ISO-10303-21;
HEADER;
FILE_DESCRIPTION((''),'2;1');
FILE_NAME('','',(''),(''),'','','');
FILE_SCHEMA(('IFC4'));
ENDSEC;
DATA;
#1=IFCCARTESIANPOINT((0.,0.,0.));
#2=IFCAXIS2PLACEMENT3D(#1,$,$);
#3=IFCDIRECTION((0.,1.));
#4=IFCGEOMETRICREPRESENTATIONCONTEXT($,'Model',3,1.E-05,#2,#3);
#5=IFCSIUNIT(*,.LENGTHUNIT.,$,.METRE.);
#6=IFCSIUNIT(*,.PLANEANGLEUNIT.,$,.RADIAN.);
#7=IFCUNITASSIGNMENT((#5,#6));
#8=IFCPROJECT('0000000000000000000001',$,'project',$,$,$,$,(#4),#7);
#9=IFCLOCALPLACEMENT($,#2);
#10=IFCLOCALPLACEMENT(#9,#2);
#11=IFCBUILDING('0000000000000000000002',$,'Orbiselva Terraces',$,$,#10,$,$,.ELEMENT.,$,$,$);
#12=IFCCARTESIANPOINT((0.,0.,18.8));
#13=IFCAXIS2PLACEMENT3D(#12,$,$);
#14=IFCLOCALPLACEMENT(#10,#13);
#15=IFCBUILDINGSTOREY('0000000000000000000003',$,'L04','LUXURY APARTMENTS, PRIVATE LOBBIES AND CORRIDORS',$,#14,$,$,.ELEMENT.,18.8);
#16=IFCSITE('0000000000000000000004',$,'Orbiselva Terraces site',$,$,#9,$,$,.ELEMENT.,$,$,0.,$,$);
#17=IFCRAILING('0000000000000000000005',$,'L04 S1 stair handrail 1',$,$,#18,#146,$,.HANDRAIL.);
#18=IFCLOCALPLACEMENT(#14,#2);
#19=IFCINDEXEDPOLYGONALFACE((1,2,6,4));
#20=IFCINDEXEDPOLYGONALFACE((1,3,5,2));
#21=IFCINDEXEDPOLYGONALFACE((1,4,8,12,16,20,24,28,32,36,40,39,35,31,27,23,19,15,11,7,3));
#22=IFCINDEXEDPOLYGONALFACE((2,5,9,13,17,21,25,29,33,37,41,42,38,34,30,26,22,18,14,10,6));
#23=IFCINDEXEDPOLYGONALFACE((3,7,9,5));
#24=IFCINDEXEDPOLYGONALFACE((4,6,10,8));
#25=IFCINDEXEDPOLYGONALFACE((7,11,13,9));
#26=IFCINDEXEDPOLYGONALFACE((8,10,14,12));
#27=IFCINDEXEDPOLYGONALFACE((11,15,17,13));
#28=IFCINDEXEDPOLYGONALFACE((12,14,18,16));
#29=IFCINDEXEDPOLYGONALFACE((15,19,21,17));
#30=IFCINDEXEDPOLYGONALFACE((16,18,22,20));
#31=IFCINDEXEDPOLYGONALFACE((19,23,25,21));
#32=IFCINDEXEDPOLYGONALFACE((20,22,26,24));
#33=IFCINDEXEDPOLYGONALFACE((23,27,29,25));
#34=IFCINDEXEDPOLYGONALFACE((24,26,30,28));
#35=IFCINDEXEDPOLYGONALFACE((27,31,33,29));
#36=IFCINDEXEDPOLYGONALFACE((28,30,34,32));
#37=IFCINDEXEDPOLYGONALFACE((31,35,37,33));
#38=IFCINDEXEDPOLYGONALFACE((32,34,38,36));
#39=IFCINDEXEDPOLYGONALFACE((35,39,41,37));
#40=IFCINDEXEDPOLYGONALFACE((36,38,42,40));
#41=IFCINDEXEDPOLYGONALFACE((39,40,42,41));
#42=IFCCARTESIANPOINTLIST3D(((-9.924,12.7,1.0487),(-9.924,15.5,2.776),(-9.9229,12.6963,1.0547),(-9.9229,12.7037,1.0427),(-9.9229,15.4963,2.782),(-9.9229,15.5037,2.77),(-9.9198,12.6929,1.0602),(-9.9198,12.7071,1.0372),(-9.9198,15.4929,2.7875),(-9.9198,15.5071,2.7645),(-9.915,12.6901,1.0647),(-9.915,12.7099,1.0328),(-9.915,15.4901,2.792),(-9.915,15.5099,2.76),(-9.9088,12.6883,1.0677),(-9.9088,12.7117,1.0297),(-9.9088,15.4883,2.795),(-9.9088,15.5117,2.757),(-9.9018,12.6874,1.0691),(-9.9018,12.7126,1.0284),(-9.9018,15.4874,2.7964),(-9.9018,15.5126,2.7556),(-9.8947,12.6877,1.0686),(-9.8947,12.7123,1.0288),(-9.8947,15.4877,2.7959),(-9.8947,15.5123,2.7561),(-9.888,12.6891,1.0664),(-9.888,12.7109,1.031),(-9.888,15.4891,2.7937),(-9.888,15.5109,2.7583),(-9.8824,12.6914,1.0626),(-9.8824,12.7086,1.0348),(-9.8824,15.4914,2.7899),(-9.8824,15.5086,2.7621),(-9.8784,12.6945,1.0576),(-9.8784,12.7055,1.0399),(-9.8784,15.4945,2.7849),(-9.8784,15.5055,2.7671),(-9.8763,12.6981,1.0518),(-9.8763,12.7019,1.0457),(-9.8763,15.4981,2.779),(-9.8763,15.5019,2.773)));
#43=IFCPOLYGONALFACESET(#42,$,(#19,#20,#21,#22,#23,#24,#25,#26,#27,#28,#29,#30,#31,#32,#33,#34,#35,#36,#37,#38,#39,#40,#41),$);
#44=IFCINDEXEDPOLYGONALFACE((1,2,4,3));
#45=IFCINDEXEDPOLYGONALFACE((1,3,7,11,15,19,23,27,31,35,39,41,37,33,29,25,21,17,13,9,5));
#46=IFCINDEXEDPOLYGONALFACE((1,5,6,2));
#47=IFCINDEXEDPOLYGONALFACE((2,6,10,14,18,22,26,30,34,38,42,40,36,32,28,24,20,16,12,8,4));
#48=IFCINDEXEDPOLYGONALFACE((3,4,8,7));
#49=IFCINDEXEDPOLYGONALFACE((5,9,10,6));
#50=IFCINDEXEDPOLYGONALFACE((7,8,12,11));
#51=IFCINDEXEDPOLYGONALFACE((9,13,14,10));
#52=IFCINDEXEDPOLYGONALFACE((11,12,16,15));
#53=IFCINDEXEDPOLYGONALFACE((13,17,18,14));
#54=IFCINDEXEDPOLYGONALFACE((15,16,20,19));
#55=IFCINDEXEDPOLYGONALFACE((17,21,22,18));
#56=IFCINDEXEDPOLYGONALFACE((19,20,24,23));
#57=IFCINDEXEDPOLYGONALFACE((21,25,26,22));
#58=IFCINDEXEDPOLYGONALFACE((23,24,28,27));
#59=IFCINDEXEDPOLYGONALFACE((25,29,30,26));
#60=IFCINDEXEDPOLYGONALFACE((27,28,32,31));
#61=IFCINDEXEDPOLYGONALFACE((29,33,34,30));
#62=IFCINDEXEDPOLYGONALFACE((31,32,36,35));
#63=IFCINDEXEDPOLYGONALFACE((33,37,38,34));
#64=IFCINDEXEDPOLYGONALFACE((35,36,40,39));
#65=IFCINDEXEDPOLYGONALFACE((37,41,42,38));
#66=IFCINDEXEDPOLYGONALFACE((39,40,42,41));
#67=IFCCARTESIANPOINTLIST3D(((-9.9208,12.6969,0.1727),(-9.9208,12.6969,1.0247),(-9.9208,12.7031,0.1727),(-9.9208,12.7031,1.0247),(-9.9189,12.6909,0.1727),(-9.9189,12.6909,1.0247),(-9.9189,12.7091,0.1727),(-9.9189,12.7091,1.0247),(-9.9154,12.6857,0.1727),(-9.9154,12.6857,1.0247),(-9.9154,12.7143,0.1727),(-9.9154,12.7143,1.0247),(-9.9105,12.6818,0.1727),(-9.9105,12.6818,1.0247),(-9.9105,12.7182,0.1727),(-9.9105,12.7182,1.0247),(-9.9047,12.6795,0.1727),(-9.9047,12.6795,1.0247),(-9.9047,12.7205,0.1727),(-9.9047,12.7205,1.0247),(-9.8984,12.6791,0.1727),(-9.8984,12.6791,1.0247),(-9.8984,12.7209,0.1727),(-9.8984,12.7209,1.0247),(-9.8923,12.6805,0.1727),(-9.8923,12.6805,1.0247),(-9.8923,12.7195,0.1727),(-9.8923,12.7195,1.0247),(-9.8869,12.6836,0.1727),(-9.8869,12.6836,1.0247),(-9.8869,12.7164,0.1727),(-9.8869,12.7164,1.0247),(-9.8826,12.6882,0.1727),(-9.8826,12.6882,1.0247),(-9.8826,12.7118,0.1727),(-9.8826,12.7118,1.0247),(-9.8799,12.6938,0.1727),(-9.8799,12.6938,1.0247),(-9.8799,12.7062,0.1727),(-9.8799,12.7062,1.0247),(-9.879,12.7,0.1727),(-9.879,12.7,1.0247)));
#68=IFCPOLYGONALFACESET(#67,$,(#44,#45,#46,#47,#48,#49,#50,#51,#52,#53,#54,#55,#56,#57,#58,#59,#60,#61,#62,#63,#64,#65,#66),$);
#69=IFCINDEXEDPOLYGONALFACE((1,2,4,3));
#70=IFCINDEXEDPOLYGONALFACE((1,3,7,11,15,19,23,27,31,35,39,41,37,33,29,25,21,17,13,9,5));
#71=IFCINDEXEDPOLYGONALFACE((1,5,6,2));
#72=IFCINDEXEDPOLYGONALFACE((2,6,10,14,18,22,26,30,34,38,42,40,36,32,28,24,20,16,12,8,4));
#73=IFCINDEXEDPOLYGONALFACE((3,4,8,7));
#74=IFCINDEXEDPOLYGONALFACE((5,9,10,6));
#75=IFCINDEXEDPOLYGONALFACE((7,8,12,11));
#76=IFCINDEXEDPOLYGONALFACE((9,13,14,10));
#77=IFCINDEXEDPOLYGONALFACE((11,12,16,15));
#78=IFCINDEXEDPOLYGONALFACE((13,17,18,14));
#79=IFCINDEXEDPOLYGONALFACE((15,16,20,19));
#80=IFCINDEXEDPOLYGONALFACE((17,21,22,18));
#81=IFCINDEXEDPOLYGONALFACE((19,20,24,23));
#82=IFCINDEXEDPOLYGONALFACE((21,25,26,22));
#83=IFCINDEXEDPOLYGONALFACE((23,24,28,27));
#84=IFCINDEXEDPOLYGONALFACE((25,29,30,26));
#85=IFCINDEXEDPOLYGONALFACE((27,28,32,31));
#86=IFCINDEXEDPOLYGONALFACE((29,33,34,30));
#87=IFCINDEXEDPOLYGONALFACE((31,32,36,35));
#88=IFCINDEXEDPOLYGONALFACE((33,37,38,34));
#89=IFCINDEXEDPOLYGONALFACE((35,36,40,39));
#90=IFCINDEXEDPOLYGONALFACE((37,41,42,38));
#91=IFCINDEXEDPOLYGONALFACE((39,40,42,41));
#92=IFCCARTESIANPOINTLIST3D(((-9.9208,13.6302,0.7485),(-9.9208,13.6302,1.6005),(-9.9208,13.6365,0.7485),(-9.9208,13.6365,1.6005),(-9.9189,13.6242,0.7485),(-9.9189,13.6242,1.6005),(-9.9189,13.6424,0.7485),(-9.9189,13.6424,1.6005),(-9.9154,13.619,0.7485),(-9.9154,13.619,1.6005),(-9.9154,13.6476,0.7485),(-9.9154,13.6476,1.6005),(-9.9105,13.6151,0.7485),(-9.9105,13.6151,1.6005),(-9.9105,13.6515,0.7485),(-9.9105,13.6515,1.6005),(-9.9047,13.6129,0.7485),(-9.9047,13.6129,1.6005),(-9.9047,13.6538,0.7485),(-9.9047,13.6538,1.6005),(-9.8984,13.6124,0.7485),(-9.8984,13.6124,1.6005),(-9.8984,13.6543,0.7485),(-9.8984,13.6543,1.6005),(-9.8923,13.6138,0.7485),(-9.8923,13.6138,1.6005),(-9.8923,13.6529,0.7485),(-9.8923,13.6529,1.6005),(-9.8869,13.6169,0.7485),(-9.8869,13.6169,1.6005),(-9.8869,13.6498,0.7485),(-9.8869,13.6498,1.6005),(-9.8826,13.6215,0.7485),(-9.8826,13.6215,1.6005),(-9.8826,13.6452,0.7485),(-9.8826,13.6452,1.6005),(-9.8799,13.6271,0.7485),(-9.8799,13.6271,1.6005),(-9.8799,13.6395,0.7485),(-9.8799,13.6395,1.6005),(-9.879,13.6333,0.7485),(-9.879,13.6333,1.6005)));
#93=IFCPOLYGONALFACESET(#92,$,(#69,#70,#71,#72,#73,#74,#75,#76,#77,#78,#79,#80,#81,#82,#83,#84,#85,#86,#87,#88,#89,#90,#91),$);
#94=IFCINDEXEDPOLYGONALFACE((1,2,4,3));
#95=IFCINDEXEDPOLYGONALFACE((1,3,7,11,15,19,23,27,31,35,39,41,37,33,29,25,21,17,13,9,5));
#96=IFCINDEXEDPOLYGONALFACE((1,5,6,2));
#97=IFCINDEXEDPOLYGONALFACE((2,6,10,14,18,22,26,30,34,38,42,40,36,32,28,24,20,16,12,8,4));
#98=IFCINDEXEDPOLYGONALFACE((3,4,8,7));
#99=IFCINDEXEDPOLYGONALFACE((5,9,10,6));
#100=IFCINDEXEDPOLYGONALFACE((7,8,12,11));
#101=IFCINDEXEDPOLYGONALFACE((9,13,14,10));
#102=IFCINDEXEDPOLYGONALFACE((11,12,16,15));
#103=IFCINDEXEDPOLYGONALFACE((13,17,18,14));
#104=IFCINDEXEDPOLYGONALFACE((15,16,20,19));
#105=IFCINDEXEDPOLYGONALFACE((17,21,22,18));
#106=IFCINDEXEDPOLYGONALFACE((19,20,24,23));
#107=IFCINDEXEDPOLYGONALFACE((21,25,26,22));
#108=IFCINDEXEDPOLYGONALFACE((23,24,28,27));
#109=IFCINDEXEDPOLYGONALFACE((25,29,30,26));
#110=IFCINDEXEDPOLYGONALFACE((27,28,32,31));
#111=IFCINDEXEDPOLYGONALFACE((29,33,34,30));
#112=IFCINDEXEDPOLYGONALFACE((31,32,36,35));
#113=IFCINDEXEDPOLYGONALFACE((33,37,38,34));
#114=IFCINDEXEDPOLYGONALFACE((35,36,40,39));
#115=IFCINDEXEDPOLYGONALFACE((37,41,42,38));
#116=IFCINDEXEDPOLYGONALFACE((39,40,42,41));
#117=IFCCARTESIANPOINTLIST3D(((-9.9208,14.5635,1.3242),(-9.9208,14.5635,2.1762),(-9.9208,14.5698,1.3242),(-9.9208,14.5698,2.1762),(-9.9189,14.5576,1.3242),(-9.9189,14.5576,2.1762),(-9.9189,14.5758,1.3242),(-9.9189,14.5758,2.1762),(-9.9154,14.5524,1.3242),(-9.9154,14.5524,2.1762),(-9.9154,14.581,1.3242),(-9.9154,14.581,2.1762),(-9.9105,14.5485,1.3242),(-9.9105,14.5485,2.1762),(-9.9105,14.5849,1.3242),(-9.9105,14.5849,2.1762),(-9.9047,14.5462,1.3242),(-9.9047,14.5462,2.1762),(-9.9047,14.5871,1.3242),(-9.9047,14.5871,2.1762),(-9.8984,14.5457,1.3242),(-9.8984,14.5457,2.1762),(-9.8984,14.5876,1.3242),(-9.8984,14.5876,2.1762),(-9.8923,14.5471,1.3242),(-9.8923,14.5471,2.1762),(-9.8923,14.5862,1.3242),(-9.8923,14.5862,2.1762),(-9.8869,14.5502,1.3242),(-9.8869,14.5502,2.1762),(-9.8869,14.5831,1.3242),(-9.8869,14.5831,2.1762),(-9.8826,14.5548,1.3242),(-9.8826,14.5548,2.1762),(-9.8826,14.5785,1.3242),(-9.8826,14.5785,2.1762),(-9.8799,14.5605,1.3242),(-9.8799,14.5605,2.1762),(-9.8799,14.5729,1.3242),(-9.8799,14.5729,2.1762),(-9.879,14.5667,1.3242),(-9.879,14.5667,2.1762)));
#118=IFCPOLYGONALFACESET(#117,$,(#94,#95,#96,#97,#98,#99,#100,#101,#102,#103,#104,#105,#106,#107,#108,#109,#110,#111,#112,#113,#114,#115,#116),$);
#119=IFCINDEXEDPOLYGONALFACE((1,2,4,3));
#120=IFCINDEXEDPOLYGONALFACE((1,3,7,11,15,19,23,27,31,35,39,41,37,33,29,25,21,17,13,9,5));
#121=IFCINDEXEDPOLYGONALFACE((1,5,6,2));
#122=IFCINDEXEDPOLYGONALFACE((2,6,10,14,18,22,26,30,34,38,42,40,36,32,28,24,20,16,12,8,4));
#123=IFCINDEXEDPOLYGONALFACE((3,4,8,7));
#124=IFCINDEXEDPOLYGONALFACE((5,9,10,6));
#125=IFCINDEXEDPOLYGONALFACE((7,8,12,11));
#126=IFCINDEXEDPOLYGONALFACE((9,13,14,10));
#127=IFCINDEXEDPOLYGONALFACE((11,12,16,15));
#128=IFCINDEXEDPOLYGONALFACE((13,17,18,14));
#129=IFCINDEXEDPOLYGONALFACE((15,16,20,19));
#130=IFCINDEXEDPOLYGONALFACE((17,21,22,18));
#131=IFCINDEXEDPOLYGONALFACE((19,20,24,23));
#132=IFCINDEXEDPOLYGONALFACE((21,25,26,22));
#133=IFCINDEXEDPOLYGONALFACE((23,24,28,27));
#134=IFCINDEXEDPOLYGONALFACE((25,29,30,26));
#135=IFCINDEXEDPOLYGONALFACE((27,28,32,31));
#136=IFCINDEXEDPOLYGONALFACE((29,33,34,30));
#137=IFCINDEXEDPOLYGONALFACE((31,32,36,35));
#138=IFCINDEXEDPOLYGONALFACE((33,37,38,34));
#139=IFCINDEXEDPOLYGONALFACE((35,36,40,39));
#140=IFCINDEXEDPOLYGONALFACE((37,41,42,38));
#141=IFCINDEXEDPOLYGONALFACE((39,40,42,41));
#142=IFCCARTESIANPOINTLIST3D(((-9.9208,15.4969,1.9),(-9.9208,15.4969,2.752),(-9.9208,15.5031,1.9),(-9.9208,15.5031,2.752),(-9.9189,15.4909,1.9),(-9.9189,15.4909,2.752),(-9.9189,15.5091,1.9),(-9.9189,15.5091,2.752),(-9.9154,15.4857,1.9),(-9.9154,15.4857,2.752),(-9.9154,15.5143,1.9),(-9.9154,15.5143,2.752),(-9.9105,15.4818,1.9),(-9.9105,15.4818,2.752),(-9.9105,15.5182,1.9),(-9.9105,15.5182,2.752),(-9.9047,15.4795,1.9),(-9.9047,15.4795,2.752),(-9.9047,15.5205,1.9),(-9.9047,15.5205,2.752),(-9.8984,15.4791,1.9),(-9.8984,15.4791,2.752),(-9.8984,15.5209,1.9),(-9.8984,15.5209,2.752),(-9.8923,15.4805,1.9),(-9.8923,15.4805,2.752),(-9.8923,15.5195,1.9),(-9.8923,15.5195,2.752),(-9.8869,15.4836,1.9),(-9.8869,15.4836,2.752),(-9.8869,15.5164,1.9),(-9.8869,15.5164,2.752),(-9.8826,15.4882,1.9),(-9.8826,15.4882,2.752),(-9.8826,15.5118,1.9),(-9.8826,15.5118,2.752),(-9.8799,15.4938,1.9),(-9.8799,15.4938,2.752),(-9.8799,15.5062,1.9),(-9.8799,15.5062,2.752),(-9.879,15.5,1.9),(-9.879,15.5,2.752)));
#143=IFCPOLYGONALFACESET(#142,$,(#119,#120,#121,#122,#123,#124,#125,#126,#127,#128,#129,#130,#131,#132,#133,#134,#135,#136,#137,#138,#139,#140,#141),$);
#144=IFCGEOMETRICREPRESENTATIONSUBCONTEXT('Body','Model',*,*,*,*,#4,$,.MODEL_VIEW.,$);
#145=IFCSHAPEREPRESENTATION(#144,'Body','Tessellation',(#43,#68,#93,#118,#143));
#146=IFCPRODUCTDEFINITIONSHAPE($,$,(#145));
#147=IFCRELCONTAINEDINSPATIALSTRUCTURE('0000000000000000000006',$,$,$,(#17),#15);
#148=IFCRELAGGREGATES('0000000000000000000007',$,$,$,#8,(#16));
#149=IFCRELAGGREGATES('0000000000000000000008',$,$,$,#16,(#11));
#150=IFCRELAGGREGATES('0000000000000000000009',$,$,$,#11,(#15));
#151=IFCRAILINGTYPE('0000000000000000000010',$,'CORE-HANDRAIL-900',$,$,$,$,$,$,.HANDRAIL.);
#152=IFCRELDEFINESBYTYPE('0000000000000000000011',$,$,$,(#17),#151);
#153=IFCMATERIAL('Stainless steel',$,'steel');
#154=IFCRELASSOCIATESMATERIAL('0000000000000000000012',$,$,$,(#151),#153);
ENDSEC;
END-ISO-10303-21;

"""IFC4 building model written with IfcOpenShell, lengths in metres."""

from ifc_helpers import new_model, si_unit, direction, frame, origin, origin_2d, place, context, subcontext, project, spatial, circle, extrude, material, type_object, element, save


model = new_model("IFC4")

# Units and contexts
model_context = context("Model", 3, precision=1e-05, world=origin(), true_north=direction((0.0, 1.0)))
body_context = subcontext(model_context, "Body", "Model", "MODEL_VIEW")
ifc_project = project(units=[si_unit("LENGTHUNIT", "METRE"), si_unit("PLANEANGLEUNIT", "RADIAN")], contexts=[model_context])

# Site, building, storey
site_placement = place(None, origin())
site = spatial("IfcSite", under=ifc_project, at=site_placement, Name="Orbiselva Terraces site", CompositionType="ELEMENT", RefElevation=0.0)
building_placement = place(site_placement, origin())
building = spatial("IfcBuilding", under=site, at=building_placement, Name="Orbiselva Terraces", CompositionType="ELEMENT")
storey_placement = place(building_placement, frame((0.0, 0.0, 18.8)))
storey = spatial("IfcBuildingStorey", under=building, at=storey_placement, Name="L04", Description="LUXURY APARTMENTS, PRIVATE LOBBIES AND CORRIDORS", CompositionType="ELEMENT", Elevation=18.8)

# Railing
ifc_material_1 = material(Name="Stainless steel", Category="steel")
railing_type_1 = type_object("IfcRailingType", Name="CORE-HANDRAIL-900", PredefinedType="HANDRAIL", material=ifc_material_1)
railing_1_placement = place(storey_placement, frame((-9.9, 12.7, 0.1727)))
element("IfcRailing", 1, at=railing_1_placement, inside=storey, type_object=railing_type_1, Name="L04 S1 stair handrail 1", PredefinedType="HANDRAIL", context=body_context, shape_type="SweptSolid", body=[
    extrude(circle(Radius=0.024, at=origin_2d()), frame((0.0, 0.0, 0.876), z_axis=(0.0, 0.851089, 0.525022), x_axis=(-1.0, 0.0, 0.0)), (0.0, 0.0, 1.0), 3.2899),
    extrude(circle(Radius=0.021, at=origin_2d()), origin(), (0.0, 0.0, 1.0), 0.852),
    extrude(circle(Radius=0.021, at=origin_2d()), frame((0.0, 0.9333, 0.5758)), (0.0, 0.0, 1.0), 0.852),
    extrude(circle(Radius=0.021, at=origin_2d()), frame((0.0, 1.8667, 1.1515)), (0.0, 0.0, 1.0), 0.852),
    extrude(circle(Radius=0.021, at=origin_2d()), frame((0.0, 2.8, 1.7273)), (0.0, 0.0, 1.0), 0.852),
])

save(model, "model.ifc")
